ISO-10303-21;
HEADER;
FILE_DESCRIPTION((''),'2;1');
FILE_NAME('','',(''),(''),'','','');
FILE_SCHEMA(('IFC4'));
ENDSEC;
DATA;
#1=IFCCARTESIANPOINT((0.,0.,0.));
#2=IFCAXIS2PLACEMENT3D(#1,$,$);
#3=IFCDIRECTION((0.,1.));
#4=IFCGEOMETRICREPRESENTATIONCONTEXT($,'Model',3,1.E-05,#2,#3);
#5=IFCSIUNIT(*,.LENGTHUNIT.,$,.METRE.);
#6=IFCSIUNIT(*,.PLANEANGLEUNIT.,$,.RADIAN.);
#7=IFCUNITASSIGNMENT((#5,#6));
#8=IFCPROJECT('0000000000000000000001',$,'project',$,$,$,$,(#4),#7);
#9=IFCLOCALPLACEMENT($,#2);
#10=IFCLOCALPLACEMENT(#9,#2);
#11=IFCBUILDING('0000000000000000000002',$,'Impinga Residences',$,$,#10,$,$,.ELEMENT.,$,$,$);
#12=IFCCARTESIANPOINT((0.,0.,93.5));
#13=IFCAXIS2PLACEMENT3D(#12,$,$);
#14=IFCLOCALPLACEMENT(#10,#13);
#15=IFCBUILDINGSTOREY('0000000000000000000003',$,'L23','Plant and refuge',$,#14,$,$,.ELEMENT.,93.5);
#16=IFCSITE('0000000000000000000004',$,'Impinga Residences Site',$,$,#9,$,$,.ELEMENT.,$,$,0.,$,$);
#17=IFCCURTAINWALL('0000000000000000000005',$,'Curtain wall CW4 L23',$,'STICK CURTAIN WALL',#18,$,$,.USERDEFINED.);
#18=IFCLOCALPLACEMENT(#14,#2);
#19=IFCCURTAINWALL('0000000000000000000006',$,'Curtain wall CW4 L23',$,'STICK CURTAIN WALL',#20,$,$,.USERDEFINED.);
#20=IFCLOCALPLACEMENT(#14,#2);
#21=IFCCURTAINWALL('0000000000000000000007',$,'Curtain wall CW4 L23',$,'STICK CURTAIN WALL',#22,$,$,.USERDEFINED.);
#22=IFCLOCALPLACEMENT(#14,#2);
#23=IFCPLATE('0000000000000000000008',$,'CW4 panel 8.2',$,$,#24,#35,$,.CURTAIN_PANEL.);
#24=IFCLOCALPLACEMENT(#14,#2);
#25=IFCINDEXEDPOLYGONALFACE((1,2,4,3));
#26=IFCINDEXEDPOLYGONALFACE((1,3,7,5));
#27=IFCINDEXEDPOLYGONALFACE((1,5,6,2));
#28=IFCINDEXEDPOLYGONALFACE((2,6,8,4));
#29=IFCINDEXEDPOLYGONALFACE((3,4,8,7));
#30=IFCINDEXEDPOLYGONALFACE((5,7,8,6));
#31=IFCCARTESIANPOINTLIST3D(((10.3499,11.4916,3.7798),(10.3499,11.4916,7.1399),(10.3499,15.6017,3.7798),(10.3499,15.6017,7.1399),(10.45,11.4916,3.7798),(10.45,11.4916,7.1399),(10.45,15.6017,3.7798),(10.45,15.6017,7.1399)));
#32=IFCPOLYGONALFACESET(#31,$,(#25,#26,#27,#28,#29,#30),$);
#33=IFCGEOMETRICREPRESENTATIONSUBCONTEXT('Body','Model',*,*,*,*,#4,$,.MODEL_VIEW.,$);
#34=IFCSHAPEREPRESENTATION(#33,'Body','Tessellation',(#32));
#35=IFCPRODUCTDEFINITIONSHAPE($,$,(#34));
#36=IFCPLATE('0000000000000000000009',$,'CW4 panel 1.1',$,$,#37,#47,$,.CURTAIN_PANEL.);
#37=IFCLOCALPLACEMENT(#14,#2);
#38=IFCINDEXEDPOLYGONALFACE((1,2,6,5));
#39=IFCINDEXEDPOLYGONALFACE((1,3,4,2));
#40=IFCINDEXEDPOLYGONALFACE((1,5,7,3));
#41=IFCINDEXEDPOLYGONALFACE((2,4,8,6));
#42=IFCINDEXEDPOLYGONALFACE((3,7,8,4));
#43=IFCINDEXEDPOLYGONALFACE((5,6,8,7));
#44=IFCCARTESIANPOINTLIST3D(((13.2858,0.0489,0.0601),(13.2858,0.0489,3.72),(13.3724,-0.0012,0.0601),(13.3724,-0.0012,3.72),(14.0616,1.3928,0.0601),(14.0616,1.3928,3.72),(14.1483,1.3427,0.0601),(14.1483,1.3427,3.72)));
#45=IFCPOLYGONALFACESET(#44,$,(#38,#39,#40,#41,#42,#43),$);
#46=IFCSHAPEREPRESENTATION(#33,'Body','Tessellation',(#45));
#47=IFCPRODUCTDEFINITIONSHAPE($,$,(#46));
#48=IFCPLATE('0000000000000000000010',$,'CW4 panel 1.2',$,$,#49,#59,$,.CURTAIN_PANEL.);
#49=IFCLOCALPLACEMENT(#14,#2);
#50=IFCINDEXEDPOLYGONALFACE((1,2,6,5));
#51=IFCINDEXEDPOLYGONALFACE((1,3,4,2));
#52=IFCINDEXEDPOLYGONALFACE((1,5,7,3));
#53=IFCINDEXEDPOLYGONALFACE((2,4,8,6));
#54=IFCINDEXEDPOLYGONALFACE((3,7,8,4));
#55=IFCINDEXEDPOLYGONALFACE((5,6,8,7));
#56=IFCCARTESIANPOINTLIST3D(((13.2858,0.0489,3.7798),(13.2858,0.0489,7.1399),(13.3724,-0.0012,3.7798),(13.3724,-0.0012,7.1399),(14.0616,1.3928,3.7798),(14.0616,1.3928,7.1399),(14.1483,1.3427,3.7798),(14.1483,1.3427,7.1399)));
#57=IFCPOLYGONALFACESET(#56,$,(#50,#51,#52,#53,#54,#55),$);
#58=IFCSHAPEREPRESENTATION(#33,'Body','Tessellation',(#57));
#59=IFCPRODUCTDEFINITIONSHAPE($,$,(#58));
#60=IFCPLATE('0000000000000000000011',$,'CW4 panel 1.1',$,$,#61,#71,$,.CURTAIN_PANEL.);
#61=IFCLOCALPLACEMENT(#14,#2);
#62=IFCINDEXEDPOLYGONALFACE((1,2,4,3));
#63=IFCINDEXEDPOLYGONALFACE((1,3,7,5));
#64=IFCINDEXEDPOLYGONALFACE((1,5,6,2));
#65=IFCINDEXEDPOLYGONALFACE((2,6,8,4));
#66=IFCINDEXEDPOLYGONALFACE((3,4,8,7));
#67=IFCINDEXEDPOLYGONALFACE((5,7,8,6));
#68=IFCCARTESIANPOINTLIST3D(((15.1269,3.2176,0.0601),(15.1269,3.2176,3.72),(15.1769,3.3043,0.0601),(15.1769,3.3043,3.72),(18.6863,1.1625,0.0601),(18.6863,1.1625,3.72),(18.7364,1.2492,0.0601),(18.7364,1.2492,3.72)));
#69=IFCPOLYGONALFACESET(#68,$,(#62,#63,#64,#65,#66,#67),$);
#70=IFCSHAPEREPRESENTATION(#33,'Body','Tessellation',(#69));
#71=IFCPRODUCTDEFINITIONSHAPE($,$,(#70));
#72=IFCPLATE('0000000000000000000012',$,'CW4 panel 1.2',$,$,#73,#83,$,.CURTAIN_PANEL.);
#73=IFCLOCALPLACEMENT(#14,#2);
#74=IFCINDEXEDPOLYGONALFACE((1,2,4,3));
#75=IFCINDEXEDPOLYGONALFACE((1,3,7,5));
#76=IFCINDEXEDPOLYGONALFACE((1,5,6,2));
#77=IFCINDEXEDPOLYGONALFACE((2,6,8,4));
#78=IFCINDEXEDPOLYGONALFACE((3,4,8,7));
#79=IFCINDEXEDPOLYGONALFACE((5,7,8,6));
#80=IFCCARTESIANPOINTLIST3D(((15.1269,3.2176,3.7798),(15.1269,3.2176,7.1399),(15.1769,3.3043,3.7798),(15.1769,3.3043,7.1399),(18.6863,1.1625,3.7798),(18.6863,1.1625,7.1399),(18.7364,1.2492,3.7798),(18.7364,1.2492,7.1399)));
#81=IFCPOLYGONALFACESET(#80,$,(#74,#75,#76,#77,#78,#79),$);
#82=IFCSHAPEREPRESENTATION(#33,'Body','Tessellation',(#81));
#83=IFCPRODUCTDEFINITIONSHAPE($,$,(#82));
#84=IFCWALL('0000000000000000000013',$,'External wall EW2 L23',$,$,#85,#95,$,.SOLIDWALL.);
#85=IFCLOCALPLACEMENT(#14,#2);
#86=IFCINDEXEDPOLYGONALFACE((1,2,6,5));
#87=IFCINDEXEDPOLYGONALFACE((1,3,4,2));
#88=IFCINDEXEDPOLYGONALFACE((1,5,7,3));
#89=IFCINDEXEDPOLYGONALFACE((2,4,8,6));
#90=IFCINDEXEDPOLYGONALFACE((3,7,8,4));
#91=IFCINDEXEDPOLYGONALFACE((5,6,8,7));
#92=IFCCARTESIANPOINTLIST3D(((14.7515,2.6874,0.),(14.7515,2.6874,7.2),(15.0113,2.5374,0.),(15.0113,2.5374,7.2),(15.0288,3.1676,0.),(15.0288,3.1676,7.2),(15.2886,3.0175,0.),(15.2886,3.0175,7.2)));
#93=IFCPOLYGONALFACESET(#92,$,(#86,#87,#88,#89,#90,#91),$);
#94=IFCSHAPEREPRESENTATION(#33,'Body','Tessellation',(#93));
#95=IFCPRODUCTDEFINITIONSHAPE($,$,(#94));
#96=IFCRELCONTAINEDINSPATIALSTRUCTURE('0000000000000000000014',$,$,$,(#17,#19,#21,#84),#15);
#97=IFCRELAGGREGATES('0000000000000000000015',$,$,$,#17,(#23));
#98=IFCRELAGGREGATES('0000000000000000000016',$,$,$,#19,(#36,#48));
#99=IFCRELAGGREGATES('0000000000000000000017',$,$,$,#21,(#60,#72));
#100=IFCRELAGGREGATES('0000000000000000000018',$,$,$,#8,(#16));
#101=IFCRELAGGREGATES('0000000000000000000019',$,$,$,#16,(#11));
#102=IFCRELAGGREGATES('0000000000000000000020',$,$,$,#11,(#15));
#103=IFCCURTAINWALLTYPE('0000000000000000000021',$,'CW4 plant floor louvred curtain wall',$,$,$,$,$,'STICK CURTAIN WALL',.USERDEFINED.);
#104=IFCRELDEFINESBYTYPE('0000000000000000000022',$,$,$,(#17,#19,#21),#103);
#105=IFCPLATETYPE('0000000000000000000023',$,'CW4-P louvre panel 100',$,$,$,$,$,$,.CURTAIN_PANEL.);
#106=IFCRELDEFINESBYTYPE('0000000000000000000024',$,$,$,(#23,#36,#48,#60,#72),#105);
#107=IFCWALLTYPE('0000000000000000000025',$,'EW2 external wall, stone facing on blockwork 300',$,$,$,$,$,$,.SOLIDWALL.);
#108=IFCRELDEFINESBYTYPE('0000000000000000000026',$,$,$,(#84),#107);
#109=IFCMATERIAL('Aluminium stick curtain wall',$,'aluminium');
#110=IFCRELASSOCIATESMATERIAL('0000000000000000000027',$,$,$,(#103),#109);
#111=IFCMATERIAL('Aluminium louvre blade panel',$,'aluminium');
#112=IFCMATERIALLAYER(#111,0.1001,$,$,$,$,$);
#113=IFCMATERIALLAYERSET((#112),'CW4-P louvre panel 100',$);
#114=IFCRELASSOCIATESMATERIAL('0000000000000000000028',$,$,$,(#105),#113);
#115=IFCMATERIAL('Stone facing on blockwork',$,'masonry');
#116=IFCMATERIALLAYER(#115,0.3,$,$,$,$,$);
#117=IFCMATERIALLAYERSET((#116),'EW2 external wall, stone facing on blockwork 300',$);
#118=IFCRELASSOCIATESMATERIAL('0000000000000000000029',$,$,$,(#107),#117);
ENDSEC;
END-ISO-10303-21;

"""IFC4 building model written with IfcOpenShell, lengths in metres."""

from ifc_helpers import new_model, si_unit, direction, frame, frame_2d, origin, origin_2d, place, context, subcontext, project, spatial, rectangle, extrude, material, layer, layer_set, type_object, element, aggregate, save


model = new_model("IFC4")

# Units and contexts
model_context = context("Model", 3, precision=1e-05, world=origin(), true_north=direction((0.0, 1.0)))
body_context = subcontext(model_context, "Body", "Model", "MODEL_VIEW")
ifc_project = project(units=[si_unit("LENGTHUNIT", "METRE"), si_unit("PLANEANGLEUNIT", "RADIAN")], contexts=[model_context])

# Site, building, storey
site_placement = place(None, origin())
site = spatial("IfcSite", under=ifc_project, at=site_placement, Name="Impinga Residences Site", CompositionType="ELEMENT", RefElevation=0.0)
building_placement = place(site_placement, origin())
building = spatial("IfcBuilding", under=site, at=building_placement, Name="Impinga Residences", CompositionType="ELEMENT")
storey_placement = place(building_placement, frame((0.0, 0.0, 93.5)))
storey = spatial("IfcBuildingStorey", under=building, at=storey_placement, Name="L23", Description="Plant and refuge", CompositionType="ELEMENT", Elevation=93.5)

# Curtain walls
ifc_material_1 = material(Name="Aluminium stick curtain wall", Category="aluminium")
curtain_wall_type = type_object("IfcCurtainWallType", Name="CW4 plant floor louvred curtain wall", ElementType="STICK CURTAIN WALL", PredefinedType="USERDEFINED", material=ifc_material_1)
curtain_wall_1_placement = place(storey_placement, origin())
curtain_wall_1 = element("IfcCurtainWall", 1, at=curtain_wall_1_placement, inside=storey, type_object=curtain_wall_type, Name="Curtain wall CW4 L23", ObjectType="STICK CURTAIN WALL", PredefinedType="USERDEFINED")
curtain_wall_2_placement = place(storey_placement, origin())
curtain_wall_2 = element("IfcCurtainWall", 2, at=curtain_wall_2_placement, inside=storey, type_object=curtain_wall_type, Name="Curtain wall CW4 L23", ObjectType="STICK CURTAIN WALL", PredefinedType="USERDEFINED")

# Curtain wall
curtain_wall_3_placement = place(storey_placement, origin())
curtain_wall_3 = element("IfcCurtainWall", 3, at=curtain_wall_3_placement, inside=storey, type_object=curtain_wall_type, Name="Curtain wall CW4 L23", ObjectType="STICK CURTAIN WALL", PredefinedType="USERDEFINED")

# Plates
ifc_material_2 = material(Name="Aluminium louvre blade panel", Category="aluminium")
ifc_layer_1 = layer(ifc_material_2, 0.1001)
ifc_layer_set_1 = layer_set([ifc_layer_1], Name="CW4-P louvre panel 100")
plate_type = type_object("IfcPlateType", Name="CW4-P louvre panel 100", PredefinedType="CURTAIN_PANEL", material=ifc_layer_set_1)
plate_1_placement = place(storey_placement, frame((10.3999, 13.5466, 3.7798), z_axis=(0.0, 0.0, 1.0), x_axis=(0.0, -1.0, 0.0)))
plate_1 = element("IfcPlate", 4, at=plate_1_placement, type_object=plate_type, Name="CW4 panel 8.2", PredefinedType="CURTAIN_PANEL", context=body_context, shape_type="SweptSolid", body=[
    extrude(rectangle(XDim=4.1101, YDim=0.1001, at=origin_2d()), origin(), (0.0, 0.0, 1.0), 3.3601),
])
aggregate(curtain_wall_1, [plate_1])
plate_2_placement = place(storey_placement, frame((13.717, 0.6958, 0.0601), z_axis=(0.0, 0.0, 1.0), x_axis=(0.5, 0.866025, 0.0)))
plate_2 = element("IfcPlate", 5, at=plate_2_placement, type_object=plate_type, Name="CW4 panel 1.1", PredefinedType="CURTAIN_PANEL", context=body_context, shape_type="SweptSolid", body=[
    extrude(rectangle(XDim=1.5518, YDim=0.1001, at=origin_2d()), origin(), (0.0, 0.0, 1.0), 3.6599),
])
plate_3_placement = place(storey_placement, frame((13.717, 0.6958, 3.7798), z_axis=(0.0, 0.0, 1.0), x_axis=(0.5, 0.866025, 0.0)))
plate_3 = element("IfcPlate", 6, at=plate_3_placement, type_object=plate_type, Name="CW4 panel 1.2", PredefinedType="CURTAIN_PANEL", context=body_context, shape_type="SweptSolid", body=[
    extrude(rectangle(XDim=1.5518, YDim=0.1001, at=origin_2d()), origin(), (0.0, 0.0, 1.0), 3.3601),
])
aggregate(curtain_wall_2, [plate_2, plate_3])
plate_4_placement = place(storey_placement, frame((16.9316, 2.2334, 0.0601), z_axis=(0.0, 0.0, 1.0), x_axis=(0.866025, -0.5, 0.0)))
plate_4 = element("IfcPlate", 7, at=plate_4_placement, type_object=plate_type, Name="CW4 panel 1.1", PredefinedType="CURTAIN_PANEL", context=body_context, shape_type="SweptSolid", body=[
    extrude(rectangle(XDim=4.1101, YDim=0.1001, at=origin_2d()), origin(), (0.0, 0.0, 1.0), 3.6599),
])
plate_5_placement = place(storey_placement, frame((16.9316, 2.2334, 3.7798), z_axis=(0.0, 0.0, 1.0), x_axis=(0.866025, -0.5, 0.0)))
plate_5 = element("IfcPlate", 8, at=plate_5_placement, type_object=plate_type, Name="CW4 panel 1.2", PredefinedType="CURTAIN_PANEL", context=body_context, shape_type="SweptSolid", body=[
    extrude(rectangle(XDim=4.1101, YDim=0.1001, at=origin_2d()), origin(), (0.0, 0.0, 1.0), 3.3601),
])
aggregate(curtain_wall_3, [plate_4, plate_5])

# Wall
ifc_material_3 = material(Name="Stone facing on blockwork", Category="masonry")
ifc_layer_2 = layer(ifc_material_3, 0.3)
ifc_layer_set_2 = layer_set([ifc_layer_2], Name="EW2 external wall, stone facing on blockwork 300")
wall_type = type_object("IfcWallType", Name="EW2 external wall, stone facing on blockwork 300", PredefinedType="SOLIDWALL", material=ifc_layer_set_2)
wall_placement = place(storey_placement, frame((14.8813, 2.6123, 0.0), z_axis=(0.0, 0.0, 1.0), x_axis=(0.500116, 0.865958, 0.0)))
element("IfcWall", 9, at=wall_placement, inside=storey, type_object=wall_type, Name="External wall EW2 L23", PredefinedType="SOLIDWALL", context=body_context, shape_type="SweptSolid", body=[
    extrude(rectangle(XDim=0.5544, YDim=0.3, at=frame_2d((0.2773, 0.0))), origin(), (0.0, 0.0, 1.0), 7.2),
])

save(model, "model.ifc")
